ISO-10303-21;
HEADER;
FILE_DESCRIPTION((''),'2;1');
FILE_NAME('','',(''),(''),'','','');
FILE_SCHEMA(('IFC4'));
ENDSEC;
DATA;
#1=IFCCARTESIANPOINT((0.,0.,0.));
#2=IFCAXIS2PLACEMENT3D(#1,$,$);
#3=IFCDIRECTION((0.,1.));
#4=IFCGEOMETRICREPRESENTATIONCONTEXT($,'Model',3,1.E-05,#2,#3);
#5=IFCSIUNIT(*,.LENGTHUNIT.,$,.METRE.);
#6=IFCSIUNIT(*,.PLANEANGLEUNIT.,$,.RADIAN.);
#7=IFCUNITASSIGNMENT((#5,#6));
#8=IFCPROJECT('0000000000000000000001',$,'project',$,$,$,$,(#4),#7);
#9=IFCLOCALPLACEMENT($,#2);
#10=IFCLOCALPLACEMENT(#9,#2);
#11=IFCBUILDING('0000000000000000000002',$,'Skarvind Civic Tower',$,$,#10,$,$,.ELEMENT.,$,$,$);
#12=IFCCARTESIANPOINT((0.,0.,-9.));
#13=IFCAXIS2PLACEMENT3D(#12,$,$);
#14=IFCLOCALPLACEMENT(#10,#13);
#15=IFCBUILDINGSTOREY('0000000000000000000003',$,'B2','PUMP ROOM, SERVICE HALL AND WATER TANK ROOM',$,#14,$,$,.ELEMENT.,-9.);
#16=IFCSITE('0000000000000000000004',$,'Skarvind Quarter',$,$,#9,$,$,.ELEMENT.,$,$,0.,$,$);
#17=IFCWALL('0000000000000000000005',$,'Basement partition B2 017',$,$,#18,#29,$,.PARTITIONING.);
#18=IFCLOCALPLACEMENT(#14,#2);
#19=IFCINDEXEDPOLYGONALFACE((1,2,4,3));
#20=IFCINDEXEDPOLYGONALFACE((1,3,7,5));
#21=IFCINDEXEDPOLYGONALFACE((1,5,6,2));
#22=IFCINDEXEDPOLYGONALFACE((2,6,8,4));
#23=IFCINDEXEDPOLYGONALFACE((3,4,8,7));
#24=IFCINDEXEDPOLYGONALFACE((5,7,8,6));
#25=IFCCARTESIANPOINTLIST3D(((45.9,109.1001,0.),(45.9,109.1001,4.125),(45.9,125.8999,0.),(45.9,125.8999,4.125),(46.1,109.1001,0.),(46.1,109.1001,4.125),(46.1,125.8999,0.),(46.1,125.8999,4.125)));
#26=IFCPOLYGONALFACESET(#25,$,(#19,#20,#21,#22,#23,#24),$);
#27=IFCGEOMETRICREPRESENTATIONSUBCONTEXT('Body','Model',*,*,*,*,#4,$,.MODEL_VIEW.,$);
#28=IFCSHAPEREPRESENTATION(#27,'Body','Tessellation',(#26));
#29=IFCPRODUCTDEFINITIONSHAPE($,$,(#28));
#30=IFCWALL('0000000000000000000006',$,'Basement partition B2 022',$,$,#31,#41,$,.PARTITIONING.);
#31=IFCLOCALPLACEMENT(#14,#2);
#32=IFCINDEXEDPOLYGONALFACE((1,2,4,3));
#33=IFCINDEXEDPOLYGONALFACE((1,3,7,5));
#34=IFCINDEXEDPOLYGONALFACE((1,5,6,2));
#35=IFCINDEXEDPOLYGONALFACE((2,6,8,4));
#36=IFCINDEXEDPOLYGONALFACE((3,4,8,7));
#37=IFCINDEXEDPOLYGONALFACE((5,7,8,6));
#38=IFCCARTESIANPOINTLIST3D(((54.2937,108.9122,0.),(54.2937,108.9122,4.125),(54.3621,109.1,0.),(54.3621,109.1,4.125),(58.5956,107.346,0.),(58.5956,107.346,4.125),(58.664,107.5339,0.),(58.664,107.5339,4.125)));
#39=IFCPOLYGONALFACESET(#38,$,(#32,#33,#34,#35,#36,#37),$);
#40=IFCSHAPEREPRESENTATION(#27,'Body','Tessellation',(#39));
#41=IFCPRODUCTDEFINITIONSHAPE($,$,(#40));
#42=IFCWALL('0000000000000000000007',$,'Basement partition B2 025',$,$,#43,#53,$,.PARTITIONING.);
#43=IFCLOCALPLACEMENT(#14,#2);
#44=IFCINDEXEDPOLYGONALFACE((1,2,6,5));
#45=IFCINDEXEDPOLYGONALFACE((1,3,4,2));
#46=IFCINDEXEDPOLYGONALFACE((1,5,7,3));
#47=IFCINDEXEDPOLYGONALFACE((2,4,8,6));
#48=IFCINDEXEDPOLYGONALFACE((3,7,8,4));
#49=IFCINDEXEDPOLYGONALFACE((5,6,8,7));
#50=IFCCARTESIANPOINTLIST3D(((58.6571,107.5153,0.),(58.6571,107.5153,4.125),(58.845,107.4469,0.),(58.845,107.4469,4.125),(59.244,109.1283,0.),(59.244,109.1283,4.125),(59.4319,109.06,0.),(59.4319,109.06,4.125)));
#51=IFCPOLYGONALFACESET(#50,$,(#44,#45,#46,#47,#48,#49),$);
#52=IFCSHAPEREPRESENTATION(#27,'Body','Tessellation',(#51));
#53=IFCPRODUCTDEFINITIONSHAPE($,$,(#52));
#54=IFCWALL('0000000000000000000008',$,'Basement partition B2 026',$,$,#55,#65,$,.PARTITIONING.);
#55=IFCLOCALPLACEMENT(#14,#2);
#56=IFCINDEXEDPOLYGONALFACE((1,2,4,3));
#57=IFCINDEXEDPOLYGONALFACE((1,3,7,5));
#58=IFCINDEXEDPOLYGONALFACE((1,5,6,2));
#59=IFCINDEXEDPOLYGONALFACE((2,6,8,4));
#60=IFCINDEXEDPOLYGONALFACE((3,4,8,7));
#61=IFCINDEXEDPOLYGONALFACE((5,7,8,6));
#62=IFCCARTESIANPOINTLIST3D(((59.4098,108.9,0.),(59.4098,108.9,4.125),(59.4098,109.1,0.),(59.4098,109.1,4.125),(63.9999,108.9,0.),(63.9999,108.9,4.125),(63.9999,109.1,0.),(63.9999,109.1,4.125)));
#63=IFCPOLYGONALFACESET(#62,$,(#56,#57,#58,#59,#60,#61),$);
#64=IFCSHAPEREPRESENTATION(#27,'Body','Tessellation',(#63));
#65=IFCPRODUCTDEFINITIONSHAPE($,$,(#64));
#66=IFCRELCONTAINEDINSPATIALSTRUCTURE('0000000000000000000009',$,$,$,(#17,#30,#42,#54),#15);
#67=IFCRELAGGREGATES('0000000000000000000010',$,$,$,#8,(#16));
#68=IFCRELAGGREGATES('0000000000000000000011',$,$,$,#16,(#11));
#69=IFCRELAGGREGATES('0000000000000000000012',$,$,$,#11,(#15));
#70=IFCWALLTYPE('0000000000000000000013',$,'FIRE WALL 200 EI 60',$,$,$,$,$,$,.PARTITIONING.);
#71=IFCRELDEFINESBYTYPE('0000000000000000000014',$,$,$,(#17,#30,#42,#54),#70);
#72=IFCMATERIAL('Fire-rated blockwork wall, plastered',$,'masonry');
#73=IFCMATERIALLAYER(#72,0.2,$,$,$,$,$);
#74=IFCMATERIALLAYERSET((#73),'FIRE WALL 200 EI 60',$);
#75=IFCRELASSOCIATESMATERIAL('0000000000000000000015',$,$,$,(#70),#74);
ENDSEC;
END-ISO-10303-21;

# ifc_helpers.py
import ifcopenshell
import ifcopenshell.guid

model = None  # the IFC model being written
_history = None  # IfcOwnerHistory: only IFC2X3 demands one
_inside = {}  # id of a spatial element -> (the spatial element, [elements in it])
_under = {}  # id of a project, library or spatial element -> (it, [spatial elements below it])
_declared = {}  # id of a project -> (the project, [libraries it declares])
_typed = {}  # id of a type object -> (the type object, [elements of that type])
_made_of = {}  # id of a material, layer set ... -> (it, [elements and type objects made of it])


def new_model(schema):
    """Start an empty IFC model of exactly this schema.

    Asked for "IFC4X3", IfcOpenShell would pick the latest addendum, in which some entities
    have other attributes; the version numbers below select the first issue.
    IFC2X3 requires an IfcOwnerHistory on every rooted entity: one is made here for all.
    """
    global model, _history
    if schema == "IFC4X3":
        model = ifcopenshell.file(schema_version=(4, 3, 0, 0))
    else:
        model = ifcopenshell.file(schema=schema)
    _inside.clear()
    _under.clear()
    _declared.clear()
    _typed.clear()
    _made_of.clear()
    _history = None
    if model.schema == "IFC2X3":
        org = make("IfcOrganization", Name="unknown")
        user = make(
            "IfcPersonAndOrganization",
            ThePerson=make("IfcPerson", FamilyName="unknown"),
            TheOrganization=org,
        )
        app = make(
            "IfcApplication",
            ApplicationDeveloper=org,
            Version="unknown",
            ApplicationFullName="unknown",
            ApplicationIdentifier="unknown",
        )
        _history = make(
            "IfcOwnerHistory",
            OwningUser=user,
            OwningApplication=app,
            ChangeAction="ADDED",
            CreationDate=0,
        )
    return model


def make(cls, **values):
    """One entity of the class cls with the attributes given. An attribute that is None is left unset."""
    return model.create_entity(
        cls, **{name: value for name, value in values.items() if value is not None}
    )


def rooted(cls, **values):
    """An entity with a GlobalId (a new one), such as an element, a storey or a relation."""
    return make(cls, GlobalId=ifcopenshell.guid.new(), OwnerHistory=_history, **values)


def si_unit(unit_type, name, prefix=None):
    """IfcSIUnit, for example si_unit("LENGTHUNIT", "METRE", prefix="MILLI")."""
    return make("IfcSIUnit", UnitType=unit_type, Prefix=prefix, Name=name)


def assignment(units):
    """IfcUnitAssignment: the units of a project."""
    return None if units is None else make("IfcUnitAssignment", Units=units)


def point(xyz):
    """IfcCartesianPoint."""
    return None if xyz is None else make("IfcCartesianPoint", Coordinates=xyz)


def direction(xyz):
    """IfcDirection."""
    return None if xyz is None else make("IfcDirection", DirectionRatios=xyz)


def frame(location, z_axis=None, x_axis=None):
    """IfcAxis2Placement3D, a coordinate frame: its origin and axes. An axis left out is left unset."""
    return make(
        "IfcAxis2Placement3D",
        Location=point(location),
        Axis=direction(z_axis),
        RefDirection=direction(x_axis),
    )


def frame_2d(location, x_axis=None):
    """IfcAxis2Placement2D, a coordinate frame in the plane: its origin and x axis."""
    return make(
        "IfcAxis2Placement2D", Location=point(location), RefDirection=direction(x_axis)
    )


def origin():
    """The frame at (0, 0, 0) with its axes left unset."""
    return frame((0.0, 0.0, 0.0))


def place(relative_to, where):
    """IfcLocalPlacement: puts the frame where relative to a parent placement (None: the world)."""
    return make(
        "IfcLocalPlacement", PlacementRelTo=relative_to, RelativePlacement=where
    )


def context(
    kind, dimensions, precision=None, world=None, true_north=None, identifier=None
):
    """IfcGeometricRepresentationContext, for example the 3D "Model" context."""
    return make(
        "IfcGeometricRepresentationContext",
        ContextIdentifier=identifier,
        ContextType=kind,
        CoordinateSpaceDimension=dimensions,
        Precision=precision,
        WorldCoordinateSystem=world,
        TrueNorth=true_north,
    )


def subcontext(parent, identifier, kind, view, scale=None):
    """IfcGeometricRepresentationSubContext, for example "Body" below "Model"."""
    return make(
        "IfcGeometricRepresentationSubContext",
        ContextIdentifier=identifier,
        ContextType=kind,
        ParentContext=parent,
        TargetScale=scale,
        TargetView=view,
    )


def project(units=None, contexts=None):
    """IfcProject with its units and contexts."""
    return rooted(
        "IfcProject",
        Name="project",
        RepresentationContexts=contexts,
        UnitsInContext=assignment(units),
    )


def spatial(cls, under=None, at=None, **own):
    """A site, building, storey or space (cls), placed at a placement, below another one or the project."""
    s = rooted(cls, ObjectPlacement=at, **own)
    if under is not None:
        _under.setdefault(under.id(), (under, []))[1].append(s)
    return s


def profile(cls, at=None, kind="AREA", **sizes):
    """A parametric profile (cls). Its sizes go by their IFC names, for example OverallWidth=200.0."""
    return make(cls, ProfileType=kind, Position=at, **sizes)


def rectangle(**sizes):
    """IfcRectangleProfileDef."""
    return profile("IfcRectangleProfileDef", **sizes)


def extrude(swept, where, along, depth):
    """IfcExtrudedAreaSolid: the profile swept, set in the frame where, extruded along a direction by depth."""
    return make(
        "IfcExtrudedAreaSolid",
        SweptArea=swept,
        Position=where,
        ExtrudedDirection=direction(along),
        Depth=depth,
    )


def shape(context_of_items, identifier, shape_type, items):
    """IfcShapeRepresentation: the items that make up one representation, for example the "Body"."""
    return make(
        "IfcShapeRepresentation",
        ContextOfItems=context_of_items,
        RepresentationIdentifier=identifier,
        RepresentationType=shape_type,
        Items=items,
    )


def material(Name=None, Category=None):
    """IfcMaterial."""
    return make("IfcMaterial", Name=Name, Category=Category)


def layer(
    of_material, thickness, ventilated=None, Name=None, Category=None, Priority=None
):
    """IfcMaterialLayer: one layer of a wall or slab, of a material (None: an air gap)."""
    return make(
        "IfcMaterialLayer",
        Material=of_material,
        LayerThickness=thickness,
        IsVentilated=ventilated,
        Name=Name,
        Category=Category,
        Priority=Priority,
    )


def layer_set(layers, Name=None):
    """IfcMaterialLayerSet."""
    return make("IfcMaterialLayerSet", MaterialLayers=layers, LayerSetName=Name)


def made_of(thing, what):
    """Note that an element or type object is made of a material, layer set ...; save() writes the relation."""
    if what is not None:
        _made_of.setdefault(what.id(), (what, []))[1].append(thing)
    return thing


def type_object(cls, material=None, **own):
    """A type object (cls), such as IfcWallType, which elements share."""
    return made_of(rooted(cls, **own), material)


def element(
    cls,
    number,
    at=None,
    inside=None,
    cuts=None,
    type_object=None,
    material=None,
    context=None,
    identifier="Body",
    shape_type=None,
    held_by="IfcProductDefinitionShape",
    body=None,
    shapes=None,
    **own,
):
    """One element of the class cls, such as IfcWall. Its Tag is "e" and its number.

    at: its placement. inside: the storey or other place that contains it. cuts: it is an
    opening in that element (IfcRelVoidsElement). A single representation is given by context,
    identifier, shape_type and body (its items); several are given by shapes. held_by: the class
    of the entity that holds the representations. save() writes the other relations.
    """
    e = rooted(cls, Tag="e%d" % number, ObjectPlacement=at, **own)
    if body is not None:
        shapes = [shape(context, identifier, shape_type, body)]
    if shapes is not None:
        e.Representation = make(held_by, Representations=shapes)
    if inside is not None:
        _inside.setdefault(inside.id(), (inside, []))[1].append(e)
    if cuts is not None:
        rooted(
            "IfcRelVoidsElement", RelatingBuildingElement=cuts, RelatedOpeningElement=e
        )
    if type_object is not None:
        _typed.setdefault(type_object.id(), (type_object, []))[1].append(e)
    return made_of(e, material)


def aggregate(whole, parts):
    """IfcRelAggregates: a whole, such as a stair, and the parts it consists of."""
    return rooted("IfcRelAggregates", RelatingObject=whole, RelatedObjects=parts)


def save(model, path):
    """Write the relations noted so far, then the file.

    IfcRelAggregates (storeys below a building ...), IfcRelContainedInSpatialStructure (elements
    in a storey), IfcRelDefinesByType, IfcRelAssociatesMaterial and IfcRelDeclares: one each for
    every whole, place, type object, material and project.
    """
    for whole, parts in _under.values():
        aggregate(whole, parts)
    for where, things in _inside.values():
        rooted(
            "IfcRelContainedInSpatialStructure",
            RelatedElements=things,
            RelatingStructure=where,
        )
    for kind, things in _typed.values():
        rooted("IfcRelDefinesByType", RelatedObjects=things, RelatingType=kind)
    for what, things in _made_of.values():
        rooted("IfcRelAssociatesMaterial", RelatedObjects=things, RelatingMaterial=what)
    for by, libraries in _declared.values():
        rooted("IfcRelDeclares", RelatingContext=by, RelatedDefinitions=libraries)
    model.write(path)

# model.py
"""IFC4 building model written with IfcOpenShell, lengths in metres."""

from ifc_helpers import new_model, si_unit, direction, frame, frame_2d, origin, place, context, subcontext, project, spatial, rectangle, extrude, material, layer, layer_set, type_object, element, save


model = new_model("IFC4")

# Units and contexts
model_context = context("Model", 3, precision=1e-05, world=origin(), true_north=direction((0.0, 1.0)))
body_context = subcontext(model_context, "Body", "Model", "MODEL_VIEW")
ifc_project = project(units=[si_unit("LENGTHUNIT", "METRE"), si_unit("PLANEANGLEUNIT", "RADIAN")], contexts=[model_context])

# Site, building, storey
site_placement = place(None, origin())
site = spatial("IfcSite", under=ifc_project, at=site_placement, Name="Skarvind Quarter", CompositionType="ELEMENT", RefElevation=0.0)
building_placement = place(site_placement, origin())
building = spatial("IfcBuilding", under=site, at=building_placement, Name="Skarvind Civic Tower", CompositionType="ELEMENT")
storey_placement = place(building_placement, frame((0.0, 0.0, -9.0)))
storey = spatial("IfcBuildingStorey", under=building, at=storey_placement, Name="B2", Description="PUMP ROOM, SERVICE HALL AND WATER TANK ROOM", CompositionType="ELEMENT", Elevation=-9.0)

# Shared definitions
ifc_material_1 = material(Name="Fire-rated blockwork wall, plastered", Category="masonry")

# Walls
ifc_layer_1 = layer(ifc_material_1, 0.2)
ifc_layer_set_1 = layer_set([ifc_layer_1], Name="FIRE WALL 200 EI 60")
wall_type_1 = type_object("IfcWallType", Name="FIRE WALL 200 EI 60", PredefinedType="PARTITIONING", material=ifc_layer_set_1)
wall_1_placement = place(storey_placement, frame((46.0, 109.1001, 0.0), z_axis=(0.0, 0.0, 1.0), x_axis=(0.0, 1.0, 0.0)))
element("IfcWall", 1, at=wall_1_placement, inside=storey, type_object=wall_type_1, Name="Basement partition B2 017", PredefinedType="PARTITIONING", context=body_context, shape_type="SweptSolid", body=[
    extrude(rectangle(XDim=16.7998, YDim=0.2, at=frame_2d((8.3999, 0.0))), origin(), (0.0, 0.0, 1.0), 4.125),
])
wall_2_placement = place(storey_placement, frame((54.3279, 109.0061, 0.0), z_axis=(0.0, 0.0, 1.0), x_axis=(0.939667, -0.34209, 0.0)))
element("IfcWall", 2, at=wall_2_placement, inside=storey, type_object=wall_type_1, Name="Basement partition B2 022", PredefinedType="PARTITIONING", context=body_context, shape_type="SweptSolid", body=[
    extrude(rectangle(XDim=4.5781, YDim=0.2, at=frame_2d((2.2891, 0.0))), origin(), (0.0, 0.0, 1.0), 4.125),
])
wall_3_placement = place(storey_placement, frame((58.751, 107.481, 0.0), z_axis=(0.0, 0.0, 1.0), x_axis=(0.341926, 0.939727, 0.0)))
element("IfcWall", 3, at=wall_3_placement, inside=storey, type_object=wall_type_1, Name="Basement partition B2 025", PredefinedType="PARTITIONING", context=body_context, shape_type="SweptSolid", body=[
    extrude(rectangle(XDim=1.7166, YDim=0.2, at=frame_2d((0.8584, 0.0))), origin(), (0.0, 0.0, 1.0), 4.125),
])
wall_4_placement = place(storey_placement, frame((59.4099, 109.0, 0.0), z_axis=(0.0, 0.0, 1.0), x_axis=(1.0, 0.0, 0.0)))
element("IfcWall", 4, at=wall_4_placement, inside=storey, type_object=wall_type_1, Name="Basement partition B2 026", PredefinedType="PARTITIONING", context=body_context, shape_type="SweptSolid", body=[
    extrude(rectangle(XDim=4.5901, YDim=0.2, at=frame_2d((2.2949, 0.0))), origin(), (0.0, 0.0, 1.0), 4.125),
])

save(model, "model.ifc")
